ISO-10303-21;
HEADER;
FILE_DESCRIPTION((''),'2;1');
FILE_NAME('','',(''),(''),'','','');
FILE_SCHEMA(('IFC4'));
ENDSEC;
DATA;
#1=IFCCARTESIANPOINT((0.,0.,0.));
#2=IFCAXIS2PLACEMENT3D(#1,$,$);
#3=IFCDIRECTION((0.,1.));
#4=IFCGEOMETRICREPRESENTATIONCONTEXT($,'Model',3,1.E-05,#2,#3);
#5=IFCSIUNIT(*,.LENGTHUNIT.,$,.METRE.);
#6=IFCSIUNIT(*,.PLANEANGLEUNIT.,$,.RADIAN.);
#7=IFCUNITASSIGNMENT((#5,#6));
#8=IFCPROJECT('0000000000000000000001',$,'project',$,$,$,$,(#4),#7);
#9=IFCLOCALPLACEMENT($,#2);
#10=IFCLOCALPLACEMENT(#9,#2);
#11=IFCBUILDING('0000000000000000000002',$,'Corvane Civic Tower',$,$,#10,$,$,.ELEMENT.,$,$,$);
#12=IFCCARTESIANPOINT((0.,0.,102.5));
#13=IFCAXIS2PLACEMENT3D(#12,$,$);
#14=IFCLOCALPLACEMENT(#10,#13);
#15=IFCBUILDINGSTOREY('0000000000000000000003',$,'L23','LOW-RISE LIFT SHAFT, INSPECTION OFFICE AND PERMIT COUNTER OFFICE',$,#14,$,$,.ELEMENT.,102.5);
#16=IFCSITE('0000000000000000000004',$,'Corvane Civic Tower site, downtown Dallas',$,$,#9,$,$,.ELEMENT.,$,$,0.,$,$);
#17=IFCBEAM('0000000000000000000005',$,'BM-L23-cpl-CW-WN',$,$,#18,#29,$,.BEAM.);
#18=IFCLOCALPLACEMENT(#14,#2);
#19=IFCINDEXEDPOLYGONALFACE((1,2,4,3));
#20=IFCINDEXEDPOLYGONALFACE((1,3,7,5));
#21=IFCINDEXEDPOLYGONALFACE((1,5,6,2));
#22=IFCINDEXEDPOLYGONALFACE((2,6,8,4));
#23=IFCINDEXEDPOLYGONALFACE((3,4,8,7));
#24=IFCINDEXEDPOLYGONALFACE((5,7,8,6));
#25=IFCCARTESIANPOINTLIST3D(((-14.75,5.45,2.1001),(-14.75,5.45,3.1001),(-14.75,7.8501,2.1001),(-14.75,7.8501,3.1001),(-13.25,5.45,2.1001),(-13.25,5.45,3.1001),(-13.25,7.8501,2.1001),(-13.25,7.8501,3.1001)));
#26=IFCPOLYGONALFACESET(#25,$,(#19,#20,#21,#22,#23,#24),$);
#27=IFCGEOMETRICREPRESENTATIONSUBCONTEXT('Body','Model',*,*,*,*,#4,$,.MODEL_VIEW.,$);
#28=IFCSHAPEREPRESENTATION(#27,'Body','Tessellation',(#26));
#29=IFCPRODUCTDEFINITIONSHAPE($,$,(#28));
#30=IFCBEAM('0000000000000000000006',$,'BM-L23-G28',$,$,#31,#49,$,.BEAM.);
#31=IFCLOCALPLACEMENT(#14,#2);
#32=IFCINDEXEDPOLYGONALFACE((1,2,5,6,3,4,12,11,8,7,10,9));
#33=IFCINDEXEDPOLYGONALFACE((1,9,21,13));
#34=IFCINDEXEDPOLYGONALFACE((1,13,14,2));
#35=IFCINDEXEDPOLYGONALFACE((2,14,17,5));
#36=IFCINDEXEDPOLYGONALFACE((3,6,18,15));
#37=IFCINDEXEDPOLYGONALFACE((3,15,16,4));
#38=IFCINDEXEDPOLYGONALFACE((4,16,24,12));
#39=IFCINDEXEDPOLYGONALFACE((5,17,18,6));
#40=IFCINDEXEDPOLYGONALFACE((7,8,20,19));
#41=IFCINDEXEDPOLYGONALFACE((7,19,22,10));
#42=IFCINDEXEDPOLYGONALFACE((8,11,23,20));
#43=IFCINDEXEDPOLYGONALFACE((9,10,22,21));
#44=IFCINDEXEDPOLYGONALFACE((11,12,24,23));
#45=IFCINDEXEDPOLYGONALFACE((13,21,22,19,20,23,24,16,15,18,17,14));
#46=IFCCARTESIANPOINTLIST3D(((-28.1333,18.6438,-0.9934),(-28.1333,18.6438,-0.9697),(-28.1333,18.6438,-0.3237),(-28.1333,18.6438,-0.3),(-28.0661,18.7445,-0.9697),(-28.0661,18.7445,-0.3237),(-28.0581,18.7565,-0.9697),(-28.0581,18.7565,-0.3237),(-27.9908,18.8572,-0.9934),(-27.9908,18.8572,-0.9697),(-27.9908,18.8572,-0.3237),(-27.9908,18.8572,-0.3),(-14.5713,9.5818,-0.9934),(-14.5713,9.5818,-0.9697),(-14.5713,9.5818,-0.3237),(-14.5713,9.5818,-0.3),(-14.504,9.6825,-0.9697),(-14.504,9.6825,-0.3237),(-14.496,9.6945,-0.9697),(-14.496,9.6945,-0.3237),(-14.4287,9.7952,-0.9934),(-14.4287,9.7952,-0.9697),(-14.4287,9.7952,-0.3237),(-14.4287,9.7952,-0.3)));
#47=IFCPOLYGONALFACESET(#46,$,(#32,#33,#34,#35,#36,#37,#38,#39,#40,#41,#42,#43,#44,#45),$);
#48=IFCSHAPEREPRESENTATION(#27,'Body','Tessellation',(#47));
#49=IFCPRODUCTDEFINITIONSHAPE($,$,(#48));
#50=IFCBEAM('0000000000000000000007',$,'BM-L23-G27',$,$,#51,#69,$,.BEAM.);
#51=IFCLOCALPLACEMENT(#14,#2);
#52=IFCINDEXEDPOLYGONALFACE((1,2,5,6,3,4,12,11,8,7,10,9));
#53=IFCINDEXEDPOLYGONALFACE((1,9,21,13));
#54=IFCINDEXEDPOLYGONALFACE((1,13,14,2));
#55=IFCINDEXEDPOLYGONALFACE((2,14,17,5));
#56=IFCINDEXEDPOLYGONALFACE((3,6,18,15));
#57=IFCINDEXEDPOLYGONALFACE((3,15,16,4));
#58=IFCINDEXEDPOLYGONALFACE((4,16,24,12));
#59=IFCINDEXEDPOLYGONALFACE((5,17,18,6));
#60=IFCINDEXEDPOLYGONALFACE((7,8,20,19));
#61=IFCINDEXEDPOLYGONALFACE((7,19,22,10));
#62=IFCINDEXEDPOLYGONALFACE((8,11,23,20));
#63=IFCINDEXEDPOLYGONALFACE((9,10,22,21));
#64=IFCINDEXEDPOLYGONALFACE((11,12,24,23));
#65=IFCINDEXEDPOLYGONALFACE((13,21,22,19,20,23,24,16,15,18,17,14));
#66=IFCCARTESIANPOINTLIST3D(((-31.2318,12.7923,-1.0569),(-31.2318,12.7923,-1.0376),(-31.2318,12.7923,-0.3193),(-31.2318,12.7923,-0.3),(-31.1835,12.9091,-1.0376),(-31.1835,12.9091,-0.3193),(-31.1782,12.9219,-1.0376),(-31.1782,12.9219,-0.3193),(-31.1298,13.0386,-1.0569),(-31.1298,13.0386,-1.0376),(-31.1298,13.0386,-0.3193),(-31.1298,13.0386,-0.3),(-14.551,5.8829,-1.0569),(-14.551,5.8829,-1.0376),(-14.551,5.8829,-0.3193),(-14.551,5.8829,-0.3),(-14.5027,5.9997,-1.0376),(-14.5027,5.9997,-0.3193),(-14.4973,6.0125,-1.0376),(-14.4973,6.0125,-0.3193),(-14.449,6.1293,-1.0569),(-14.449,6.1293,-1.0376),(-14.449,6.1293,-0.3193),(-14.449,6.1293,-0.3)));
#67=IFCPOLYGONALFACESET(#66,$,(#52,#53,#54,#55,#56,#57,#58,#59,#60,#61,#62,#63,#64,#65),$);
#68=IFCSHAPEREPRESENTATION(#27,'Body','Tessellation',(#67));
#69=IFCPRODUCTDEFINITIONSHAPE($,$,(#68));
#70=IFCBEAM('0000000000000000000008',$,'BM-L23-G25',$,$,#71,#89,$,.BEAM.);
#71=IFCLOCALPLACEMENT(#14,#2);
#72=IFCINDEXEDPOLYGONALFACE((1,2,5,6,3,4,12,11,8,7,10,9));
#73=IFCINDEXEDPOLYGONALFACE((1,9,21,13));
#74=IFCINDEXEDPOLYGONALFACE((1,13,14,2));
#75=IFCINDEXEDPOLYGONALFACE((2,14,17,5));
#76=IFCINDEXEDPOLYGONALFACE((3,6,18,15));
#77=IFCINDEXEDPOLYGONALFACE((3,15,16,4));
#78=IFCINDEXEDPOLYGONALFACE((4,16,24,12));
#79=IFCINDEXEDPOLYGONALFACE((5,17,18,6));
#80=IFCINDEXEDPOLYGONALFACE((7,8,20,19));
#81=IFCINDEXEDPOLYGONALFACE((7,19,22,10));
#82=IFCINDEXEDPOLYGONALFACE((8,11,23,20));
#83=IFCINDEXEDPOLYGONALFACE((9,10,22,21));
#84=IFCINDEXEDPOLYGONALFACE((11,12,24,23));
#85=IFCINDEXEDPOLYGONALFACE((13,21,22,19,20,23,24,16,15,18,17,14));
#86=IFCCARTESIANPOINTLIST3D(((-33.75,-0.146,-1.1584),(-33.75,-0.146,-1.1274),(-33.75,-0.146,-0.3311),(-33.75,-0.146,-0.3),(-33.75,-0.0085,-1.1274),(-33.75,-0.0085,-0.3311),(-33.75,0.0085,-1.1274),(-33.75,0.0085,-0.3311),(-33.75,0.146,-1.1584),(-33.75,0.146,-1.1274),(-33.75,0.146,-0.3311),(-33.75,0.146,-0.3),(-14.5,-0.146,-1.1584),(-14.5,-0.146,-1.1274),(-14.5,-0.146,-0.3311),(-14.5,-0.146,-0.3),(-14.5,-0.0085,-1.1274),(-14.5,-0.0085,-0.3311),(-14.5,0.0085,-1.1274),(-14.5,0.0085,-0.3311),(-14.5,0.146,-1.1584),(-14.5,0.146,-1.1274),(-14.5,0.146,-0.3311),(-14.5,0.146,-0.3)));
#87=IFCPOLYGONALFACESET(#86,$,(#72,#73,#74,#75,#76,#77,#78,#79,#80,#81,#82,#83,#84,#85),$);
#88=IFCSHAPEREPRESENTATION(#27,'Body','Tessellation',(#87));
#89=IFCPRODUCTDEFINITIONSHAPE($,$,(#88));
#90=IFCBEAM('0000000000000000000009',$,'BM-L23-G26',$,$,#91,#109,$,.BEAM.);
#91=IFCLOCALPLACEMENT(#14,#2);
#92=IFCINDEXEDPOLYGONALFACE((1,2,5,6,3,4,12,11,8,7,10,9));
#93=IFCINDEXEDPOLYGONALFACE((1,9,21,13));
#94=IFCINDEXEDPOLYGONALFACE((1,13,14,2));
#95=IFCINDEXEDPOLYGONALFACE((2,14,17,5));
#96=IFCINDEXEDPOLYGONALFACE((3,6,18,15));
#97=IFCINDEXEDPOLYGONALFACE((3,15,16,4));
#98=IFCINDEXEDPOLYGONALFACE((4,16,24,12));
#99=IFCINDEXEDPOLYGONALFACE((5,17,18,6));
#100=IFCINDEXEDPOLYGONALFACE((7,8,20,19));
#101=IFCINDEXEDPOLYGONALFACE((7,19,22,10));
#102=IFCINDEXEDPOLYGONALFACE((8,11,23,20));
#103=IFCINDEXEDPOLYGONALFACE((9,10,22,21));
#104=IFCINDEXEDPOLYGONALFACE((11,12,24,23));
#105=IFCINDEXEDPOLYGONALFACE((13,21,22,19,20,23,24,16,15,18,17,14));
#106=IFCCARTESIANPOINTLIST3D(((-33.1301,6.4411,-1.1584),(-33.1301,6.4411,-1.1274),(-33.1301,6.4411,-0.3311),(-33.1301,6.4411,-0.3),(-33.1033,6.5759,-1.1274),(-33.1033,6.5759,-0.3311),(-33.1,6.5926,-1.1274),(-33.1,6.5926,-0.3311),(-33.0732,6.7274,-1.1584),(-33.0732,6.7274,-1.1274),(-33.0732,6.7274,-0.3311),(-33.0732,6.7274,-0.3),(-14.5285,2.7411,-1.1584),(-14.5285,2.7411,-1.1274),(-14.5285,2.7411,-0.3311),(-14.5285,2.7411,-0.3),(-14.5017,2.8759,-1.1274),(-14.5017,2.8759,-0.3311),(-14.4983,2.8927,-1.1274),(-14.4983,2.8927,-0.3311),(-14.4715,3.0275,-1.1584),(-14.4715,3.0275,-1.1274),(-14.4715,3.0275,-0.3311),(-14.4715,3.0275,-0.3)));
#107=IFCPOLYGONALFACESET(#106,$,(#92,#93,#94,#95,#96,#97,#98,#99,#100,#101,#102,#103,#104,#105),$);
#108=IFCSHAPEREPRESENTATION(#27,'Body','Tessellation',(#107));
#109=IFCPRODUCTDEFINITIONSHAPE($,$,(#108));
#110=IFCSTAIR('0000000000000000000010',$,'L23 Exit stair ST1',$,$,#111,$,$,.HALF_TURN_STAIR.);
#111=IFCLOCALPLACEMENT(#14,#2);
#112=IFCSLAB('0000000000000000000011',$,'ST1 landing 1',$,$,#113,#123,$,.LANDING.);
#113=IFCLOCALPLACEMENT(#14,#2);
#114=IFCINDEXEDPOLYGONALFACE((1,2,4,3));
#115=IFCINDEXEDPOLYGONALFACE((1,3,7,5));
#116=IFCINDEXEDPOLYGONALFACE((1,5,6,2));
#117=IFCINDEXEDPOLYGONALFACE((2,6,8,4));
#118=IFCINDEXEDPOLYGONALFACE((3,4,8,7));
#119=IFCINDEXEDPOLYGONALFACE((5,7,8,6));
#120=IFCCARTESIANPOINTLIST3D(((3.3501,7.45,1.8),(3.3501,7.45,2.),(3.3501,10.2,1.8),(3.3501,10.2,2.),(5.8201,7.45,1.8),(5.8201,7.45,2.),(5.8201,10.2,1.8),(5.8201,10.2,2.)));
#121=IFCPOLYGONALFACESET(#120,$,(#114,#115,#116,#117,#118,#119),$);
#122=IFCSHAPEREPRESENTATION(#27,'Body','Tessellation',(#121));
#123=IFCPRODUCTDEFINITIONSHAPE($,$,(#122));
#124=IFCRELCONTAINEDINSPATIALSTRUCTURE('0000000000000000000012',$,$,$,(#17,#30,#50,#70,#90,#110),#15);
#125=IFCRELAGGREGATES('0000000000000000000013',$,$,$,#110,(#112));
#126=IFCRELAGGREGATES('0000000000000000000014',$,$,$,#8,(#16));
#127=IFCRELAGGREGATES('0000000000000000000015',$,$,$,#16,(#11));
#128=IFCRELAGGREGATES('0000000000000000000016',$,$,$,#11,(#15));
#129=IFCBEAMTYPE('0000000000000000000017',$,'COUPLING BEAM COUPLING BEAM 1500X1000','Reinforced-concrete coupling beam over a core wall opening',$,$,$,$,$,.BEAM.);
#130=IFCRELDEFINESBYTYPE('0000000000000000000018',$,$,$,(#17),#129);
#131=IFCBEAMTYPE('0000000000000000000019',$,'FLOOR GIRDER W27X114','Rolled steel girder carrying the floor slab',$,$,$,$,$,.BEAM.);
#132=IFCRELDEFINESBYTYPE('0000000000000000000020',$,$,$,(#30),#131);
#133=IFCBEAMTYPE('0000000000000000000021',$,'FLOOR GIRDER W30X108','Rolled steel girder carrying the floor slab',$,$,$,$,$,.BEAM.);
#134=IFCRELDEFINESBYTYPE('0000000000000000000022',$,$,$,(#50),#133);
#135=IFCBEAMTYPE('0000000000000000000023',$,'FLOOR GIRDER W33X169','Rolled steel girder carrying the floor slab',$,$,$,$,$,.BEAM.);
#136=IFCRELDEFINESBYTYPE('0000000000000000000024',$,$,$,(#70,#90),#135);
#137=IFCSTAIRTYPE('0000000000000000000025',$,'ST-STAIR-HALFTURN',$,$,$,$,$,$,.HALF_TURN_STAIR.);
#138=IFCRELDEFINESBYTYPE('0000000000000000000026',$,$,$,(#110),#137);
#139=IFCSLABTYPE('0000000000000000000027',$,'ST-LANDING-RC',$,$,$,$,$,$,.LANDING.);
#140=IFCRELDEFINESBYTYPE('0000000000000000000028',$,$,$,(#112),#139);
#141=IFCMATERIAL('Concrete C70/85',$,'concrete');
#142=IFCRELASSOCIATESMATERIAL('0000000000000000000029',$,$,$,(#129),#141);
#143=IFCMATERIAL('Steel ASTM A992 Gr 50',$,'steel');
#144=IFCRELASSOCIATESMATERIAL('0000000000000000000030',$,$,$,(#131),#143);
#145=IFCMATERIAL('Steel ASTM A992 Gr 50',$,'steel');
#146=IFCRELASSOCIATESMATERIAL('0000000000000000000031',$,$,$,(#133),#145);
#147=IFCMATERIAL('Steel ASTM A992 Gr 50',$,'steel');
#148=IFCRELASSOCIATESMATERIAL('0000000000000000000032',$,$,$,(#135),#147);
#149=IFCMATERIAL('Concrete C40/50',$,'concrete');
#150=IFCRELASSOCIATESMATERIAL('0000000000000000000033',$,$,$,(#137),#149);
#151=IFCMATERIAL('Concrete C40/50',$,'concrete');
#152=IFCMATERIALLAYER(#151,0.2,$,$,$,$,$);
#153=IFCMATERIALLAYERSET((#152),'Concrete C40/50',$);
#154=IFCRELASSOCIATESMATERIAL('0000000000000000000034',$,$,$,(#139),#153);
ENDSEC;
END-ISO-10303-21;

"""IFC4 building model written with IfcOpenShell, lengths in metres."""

from ifc_helpers import new_model, si_unit, direction, frame, origin, origin_2d, place, context, subcontext, project, spatial, polyline, rectangle, i_section, outline, extrude, material, layer, layer_set, material_profile, profile_set, type_object, element, aggregate, save


model = new_model("IFC4")

# Units and contexts
model_context = context("Model", 3, precision=1e-05, world=origin(), true_north=direction((0.0, 1.0)))
body_context = subcontext(model_context, "Body", "Model", "MODEL_VIEW")
ifc_project = project(units=[si_unit("LENGTHUNIT", "METRE"), si_unit("PLANEANGLEUNIT", "RADIAN")], contexts=[model_context])

# Site, building, storey
site_placement = place(None, origin())
site = spatial("IfcSite", under=ifc_project, at=site_placement, Name="Corvane Civic Tower site, downtown Dallas", CompositionType="ELEMENT", RefElevation=0.0)
building_placement = place(site_placement, origin())
building = spatial("IfcBuilding", under=site, at=building_placement, Name="Corvane Civic Tower", CompositionType="ELEMENT")
storey_placement = place(building_placement, frame((0.0, 0.0, 102.5)))
storey = spatial("IfcBuildingStorey", under=building, at=storey_placement, Name="L23", Description="LOW-RISE LIFT SHAFT, INSPECTION OFFICE AND PERMIT COUNTER OFFICE", CompositionType="ELEMENT", Elevation=102.5)

# Beams
ifc_material_1 = material(Name="Concrete C70/85", Category="concrete")
ifc_material_profile_1 = material_profile(ifc_material_1, rectangle(XDim=1.5, YDim=1.0, at=origin_2d()), Name="COUPLING BEAM 1500X1000")
ifc_profile_set_1 = profile_set([ifc_material_profile_1], Name="Concrete C70/85")
beam_type_1 = type_object("IfcBeamType", Name="COUPLING BEAM COUPLING BEAM 1500X1000", Description="Reinforced-concrete coupling beam over a core wall opening", PredefinedType="BEAM", material=ifc_profile_set_1)
beam_1_placement = place(storey_placement, frame((-14.0, 5.45, 2.6001), z_axis=(0.0, 1.0, 0.0), x_axis=(-1.0, 0.0, 0.0)))
element("IfcBeam", 1, at=beam_1_placement, inside=storey, type_object=beam_type_1, Name="BM-L23-cpl-CW-WN", PredefinedType="BEAM", context=body_context, shape_type="SweptSolid", body=[
    extrude(rectangle(XDim=1.5, YDim=1.0, at=origin_2d()), origin(), (0.0, 0.0, 1.0), 2.4001),
])
ifc_material_2 = material(Name="Steel ASTM A992 Gr 50", Category="steel")
ifc_material_profile_2 = material_profile(ifc_material_2, i_section(OverallWidth=0.2566, OverallDepth=0.6934, WebThickness=0.0144, FlangeThickness=0.0237, at=origin_2d()), Name="W27X114")
ifc_profile_set_2 = profile_set([ifc_material_profile_2], Name="Steel ASTM A992 Gr 50")
beam_type_2 = type_object("IfcBeamType", Name="FLOOR GIRDER W27X114", Description="Rolled steel girder carrying the floor slab", PredefinedType="BEAM", material=ifc_profile_set_2)
beam_2_placement = place(storey_placement, frame((-14.5, 9.6885, -0.6467), z_axis=(-0.831465, 0.555577, 0.0), x_axis=(-0.555577, -0.831465, 0.0)))
element("IfcBeam", 2, at=beam_2_placement, inside=storey, type_object=beam_type_2, Name="BM-L23-G28", PredefinedType="BEAM", context=body_context, shape_type="SweptSolid", body=[
    extrude(i_section(OverallWidth=0.2566, OverallDepth=0.6934, WebThickness=0.0144, FlangeThickness=0.0237, at=origin_2d()), origin(), (0.0, 0.0, 1.0), 16.311),
])
ifc_material_3 = material(Name="Steel ASTM A992 Gr 50", Category="steel")
ifc_material_profile_3 = material_profile(ifc_material_3, i_section(OverallWidth=0.2666, OverallDepth=0.7568, WebThickness=0.0139, FlangeThickness=0.0193, at=origin_2d()), Name="W30X108")
ifc_profile_set_3 = profile_set([ifc_material_profile_3], Name="Steel ASTM A992 Gr 50")
beam_type_3 = type_object("IfcBeamType", Name="FLOOR GIRDER W30X108", Description="Rolled steel girder carrying the floor slab", PredefinedType="BEAM", material=ifc_profile_set_3)
beam_3_placement = place(storey_placement, frame((-14.5, 6.0061, -0.6785), z_axis=(-0.92388, 0.382682, 0.0), x_axis=(-0.382682, -0.92388, 0.0)))
element("IfcBeam", 3, at=beam_3_placement, inside=storey, type_object=beam_type_3, Name="BM-L23-G27", PredefinedType="BEAM", context=body_context, shape_type="SweptSolid", body=[
    extrude(i_section(OverallWidth=0.2666, OverallDepth=0.7568, WebThickness=0.0139, FlangeThickness=0.0193, at=origin_2d()), origin(), (0.0, 0.0, 1.0), 18.0552),
])
ifc_material_4 = material(Name="Steel ASTM A992 Gr 50", Category="steel")
ifc_material_profile_4 = material_profile(ifc_material_4, i_section(OverallWidth=0.292, OverallDepth=0.8584, WebThickness=0.0171, FlangeThickness=0.031, at=origin_2d()), Name="W33X169")
ifc_profile_set_4 = profile_set([ifc_material_profile_4], Name="Steel ASTM A992 Gr 50")
beam_type_4 = type_object("IfcBeamType", Name="FLOOR GIRDER W33X169", Description="Rolled steel girder carrying the floor slab", PredefinedType="BEAM", material=ifc_profile_set_4)
beam_4_placement = place(storey_placement, frame((-14.5, 0.0, -0.7292), z_axis=(-1.0, 0.0, 0.0), x_axis=(0.0, -1.0, 0.0)))
element("IfcBeam", 4, at=beam_4_placement, inside=storey, type_object=beam_type_4, Name="BM-L23-G25", PredefinedType="BEAM", context=body_context, shape_type="SweptSolid", body=[
    extrude(i_section(OverallWidth=0.292, OverallDepth=0.8584, WebThickness=0.0171, FlangeThickness=0.031, at=origin_2d()), origin(), (0.0, 0.0, 1.0), 19.25),
])
beam_5_placement = place(storey_placement, frame((-14.5, 2.8843, -0.7292), z_axis=(-0.980787, 0.195084, 0.0), x_axis=(-0.195084, -0.980787, 0.0)))
element("IfcBeam", 5, at=beam_5_placement, inside=storey, type_object=beam_type_4, Name="BM-L23-G26", PredefinedType="BEAM", context=body_context, shape_type="SweptSolid", body=[
    extrude(i_section(OverallWidth=0.292, OverallDepth=0.8584, WebThickness=0.0171, FlangeThickness=0.031, at=origin_2d()), origin(), (0.0, 0.0, 1.0), 18.9661),
])

# Stair, slab
ifc_material_5 = material(Name="Concrete C40/50", Category="concrete")
stair_type = type_object("IfcStairType", Name="ST-STAIR-HALFTURN", PredefinedType="HALF_TURN_STAIR", material=ifc_material_5)
stair_1_placement = place(storey_placement, origin())
stair_1 = element("IfcStair", 6, at=stair_1_placement, inside=storey, type_object=stair_type, Name="L23 Exit stair ST1", PredefinedType="HALF_TURN_STAIR")
ifc_material_6 = material(Name="Concrete C40/50", Category="concrete")
ifc_layer_1 = layer(ifc_material_6, 0.2)
ifc_layer_set_1 = layer_set([ifc_layer_1], Name="Concrete C40/50")
slab_type_1 = type_object("IfcSlabType", Name="ST-LANDING-RC", PredefinedType="LANDING", material=ifc_layer_set_1)
slab_1_placement = place(storey_placement, frame((0.0, 0.0, 1.8)))
slab_1 = element("IfcSlab", 7, at=slab_1_placement, type_object=slab_type_1, Name="ST1 landing 1", PredefinedType="LANDING", context=body_context, shape_type="SweptSolid", body=[
    extrude(outline(polyline([(5.8201, 10.2), (3.3501, 10.2), (3.3501, 7.45), (5.8201, 7.45), (5.8201, 10.2)])), origin(), (0.0, 0.0, 1.0), 0.2),
])
aggregate(stair_1, [slab_1])

save(model, "model.ifc")
